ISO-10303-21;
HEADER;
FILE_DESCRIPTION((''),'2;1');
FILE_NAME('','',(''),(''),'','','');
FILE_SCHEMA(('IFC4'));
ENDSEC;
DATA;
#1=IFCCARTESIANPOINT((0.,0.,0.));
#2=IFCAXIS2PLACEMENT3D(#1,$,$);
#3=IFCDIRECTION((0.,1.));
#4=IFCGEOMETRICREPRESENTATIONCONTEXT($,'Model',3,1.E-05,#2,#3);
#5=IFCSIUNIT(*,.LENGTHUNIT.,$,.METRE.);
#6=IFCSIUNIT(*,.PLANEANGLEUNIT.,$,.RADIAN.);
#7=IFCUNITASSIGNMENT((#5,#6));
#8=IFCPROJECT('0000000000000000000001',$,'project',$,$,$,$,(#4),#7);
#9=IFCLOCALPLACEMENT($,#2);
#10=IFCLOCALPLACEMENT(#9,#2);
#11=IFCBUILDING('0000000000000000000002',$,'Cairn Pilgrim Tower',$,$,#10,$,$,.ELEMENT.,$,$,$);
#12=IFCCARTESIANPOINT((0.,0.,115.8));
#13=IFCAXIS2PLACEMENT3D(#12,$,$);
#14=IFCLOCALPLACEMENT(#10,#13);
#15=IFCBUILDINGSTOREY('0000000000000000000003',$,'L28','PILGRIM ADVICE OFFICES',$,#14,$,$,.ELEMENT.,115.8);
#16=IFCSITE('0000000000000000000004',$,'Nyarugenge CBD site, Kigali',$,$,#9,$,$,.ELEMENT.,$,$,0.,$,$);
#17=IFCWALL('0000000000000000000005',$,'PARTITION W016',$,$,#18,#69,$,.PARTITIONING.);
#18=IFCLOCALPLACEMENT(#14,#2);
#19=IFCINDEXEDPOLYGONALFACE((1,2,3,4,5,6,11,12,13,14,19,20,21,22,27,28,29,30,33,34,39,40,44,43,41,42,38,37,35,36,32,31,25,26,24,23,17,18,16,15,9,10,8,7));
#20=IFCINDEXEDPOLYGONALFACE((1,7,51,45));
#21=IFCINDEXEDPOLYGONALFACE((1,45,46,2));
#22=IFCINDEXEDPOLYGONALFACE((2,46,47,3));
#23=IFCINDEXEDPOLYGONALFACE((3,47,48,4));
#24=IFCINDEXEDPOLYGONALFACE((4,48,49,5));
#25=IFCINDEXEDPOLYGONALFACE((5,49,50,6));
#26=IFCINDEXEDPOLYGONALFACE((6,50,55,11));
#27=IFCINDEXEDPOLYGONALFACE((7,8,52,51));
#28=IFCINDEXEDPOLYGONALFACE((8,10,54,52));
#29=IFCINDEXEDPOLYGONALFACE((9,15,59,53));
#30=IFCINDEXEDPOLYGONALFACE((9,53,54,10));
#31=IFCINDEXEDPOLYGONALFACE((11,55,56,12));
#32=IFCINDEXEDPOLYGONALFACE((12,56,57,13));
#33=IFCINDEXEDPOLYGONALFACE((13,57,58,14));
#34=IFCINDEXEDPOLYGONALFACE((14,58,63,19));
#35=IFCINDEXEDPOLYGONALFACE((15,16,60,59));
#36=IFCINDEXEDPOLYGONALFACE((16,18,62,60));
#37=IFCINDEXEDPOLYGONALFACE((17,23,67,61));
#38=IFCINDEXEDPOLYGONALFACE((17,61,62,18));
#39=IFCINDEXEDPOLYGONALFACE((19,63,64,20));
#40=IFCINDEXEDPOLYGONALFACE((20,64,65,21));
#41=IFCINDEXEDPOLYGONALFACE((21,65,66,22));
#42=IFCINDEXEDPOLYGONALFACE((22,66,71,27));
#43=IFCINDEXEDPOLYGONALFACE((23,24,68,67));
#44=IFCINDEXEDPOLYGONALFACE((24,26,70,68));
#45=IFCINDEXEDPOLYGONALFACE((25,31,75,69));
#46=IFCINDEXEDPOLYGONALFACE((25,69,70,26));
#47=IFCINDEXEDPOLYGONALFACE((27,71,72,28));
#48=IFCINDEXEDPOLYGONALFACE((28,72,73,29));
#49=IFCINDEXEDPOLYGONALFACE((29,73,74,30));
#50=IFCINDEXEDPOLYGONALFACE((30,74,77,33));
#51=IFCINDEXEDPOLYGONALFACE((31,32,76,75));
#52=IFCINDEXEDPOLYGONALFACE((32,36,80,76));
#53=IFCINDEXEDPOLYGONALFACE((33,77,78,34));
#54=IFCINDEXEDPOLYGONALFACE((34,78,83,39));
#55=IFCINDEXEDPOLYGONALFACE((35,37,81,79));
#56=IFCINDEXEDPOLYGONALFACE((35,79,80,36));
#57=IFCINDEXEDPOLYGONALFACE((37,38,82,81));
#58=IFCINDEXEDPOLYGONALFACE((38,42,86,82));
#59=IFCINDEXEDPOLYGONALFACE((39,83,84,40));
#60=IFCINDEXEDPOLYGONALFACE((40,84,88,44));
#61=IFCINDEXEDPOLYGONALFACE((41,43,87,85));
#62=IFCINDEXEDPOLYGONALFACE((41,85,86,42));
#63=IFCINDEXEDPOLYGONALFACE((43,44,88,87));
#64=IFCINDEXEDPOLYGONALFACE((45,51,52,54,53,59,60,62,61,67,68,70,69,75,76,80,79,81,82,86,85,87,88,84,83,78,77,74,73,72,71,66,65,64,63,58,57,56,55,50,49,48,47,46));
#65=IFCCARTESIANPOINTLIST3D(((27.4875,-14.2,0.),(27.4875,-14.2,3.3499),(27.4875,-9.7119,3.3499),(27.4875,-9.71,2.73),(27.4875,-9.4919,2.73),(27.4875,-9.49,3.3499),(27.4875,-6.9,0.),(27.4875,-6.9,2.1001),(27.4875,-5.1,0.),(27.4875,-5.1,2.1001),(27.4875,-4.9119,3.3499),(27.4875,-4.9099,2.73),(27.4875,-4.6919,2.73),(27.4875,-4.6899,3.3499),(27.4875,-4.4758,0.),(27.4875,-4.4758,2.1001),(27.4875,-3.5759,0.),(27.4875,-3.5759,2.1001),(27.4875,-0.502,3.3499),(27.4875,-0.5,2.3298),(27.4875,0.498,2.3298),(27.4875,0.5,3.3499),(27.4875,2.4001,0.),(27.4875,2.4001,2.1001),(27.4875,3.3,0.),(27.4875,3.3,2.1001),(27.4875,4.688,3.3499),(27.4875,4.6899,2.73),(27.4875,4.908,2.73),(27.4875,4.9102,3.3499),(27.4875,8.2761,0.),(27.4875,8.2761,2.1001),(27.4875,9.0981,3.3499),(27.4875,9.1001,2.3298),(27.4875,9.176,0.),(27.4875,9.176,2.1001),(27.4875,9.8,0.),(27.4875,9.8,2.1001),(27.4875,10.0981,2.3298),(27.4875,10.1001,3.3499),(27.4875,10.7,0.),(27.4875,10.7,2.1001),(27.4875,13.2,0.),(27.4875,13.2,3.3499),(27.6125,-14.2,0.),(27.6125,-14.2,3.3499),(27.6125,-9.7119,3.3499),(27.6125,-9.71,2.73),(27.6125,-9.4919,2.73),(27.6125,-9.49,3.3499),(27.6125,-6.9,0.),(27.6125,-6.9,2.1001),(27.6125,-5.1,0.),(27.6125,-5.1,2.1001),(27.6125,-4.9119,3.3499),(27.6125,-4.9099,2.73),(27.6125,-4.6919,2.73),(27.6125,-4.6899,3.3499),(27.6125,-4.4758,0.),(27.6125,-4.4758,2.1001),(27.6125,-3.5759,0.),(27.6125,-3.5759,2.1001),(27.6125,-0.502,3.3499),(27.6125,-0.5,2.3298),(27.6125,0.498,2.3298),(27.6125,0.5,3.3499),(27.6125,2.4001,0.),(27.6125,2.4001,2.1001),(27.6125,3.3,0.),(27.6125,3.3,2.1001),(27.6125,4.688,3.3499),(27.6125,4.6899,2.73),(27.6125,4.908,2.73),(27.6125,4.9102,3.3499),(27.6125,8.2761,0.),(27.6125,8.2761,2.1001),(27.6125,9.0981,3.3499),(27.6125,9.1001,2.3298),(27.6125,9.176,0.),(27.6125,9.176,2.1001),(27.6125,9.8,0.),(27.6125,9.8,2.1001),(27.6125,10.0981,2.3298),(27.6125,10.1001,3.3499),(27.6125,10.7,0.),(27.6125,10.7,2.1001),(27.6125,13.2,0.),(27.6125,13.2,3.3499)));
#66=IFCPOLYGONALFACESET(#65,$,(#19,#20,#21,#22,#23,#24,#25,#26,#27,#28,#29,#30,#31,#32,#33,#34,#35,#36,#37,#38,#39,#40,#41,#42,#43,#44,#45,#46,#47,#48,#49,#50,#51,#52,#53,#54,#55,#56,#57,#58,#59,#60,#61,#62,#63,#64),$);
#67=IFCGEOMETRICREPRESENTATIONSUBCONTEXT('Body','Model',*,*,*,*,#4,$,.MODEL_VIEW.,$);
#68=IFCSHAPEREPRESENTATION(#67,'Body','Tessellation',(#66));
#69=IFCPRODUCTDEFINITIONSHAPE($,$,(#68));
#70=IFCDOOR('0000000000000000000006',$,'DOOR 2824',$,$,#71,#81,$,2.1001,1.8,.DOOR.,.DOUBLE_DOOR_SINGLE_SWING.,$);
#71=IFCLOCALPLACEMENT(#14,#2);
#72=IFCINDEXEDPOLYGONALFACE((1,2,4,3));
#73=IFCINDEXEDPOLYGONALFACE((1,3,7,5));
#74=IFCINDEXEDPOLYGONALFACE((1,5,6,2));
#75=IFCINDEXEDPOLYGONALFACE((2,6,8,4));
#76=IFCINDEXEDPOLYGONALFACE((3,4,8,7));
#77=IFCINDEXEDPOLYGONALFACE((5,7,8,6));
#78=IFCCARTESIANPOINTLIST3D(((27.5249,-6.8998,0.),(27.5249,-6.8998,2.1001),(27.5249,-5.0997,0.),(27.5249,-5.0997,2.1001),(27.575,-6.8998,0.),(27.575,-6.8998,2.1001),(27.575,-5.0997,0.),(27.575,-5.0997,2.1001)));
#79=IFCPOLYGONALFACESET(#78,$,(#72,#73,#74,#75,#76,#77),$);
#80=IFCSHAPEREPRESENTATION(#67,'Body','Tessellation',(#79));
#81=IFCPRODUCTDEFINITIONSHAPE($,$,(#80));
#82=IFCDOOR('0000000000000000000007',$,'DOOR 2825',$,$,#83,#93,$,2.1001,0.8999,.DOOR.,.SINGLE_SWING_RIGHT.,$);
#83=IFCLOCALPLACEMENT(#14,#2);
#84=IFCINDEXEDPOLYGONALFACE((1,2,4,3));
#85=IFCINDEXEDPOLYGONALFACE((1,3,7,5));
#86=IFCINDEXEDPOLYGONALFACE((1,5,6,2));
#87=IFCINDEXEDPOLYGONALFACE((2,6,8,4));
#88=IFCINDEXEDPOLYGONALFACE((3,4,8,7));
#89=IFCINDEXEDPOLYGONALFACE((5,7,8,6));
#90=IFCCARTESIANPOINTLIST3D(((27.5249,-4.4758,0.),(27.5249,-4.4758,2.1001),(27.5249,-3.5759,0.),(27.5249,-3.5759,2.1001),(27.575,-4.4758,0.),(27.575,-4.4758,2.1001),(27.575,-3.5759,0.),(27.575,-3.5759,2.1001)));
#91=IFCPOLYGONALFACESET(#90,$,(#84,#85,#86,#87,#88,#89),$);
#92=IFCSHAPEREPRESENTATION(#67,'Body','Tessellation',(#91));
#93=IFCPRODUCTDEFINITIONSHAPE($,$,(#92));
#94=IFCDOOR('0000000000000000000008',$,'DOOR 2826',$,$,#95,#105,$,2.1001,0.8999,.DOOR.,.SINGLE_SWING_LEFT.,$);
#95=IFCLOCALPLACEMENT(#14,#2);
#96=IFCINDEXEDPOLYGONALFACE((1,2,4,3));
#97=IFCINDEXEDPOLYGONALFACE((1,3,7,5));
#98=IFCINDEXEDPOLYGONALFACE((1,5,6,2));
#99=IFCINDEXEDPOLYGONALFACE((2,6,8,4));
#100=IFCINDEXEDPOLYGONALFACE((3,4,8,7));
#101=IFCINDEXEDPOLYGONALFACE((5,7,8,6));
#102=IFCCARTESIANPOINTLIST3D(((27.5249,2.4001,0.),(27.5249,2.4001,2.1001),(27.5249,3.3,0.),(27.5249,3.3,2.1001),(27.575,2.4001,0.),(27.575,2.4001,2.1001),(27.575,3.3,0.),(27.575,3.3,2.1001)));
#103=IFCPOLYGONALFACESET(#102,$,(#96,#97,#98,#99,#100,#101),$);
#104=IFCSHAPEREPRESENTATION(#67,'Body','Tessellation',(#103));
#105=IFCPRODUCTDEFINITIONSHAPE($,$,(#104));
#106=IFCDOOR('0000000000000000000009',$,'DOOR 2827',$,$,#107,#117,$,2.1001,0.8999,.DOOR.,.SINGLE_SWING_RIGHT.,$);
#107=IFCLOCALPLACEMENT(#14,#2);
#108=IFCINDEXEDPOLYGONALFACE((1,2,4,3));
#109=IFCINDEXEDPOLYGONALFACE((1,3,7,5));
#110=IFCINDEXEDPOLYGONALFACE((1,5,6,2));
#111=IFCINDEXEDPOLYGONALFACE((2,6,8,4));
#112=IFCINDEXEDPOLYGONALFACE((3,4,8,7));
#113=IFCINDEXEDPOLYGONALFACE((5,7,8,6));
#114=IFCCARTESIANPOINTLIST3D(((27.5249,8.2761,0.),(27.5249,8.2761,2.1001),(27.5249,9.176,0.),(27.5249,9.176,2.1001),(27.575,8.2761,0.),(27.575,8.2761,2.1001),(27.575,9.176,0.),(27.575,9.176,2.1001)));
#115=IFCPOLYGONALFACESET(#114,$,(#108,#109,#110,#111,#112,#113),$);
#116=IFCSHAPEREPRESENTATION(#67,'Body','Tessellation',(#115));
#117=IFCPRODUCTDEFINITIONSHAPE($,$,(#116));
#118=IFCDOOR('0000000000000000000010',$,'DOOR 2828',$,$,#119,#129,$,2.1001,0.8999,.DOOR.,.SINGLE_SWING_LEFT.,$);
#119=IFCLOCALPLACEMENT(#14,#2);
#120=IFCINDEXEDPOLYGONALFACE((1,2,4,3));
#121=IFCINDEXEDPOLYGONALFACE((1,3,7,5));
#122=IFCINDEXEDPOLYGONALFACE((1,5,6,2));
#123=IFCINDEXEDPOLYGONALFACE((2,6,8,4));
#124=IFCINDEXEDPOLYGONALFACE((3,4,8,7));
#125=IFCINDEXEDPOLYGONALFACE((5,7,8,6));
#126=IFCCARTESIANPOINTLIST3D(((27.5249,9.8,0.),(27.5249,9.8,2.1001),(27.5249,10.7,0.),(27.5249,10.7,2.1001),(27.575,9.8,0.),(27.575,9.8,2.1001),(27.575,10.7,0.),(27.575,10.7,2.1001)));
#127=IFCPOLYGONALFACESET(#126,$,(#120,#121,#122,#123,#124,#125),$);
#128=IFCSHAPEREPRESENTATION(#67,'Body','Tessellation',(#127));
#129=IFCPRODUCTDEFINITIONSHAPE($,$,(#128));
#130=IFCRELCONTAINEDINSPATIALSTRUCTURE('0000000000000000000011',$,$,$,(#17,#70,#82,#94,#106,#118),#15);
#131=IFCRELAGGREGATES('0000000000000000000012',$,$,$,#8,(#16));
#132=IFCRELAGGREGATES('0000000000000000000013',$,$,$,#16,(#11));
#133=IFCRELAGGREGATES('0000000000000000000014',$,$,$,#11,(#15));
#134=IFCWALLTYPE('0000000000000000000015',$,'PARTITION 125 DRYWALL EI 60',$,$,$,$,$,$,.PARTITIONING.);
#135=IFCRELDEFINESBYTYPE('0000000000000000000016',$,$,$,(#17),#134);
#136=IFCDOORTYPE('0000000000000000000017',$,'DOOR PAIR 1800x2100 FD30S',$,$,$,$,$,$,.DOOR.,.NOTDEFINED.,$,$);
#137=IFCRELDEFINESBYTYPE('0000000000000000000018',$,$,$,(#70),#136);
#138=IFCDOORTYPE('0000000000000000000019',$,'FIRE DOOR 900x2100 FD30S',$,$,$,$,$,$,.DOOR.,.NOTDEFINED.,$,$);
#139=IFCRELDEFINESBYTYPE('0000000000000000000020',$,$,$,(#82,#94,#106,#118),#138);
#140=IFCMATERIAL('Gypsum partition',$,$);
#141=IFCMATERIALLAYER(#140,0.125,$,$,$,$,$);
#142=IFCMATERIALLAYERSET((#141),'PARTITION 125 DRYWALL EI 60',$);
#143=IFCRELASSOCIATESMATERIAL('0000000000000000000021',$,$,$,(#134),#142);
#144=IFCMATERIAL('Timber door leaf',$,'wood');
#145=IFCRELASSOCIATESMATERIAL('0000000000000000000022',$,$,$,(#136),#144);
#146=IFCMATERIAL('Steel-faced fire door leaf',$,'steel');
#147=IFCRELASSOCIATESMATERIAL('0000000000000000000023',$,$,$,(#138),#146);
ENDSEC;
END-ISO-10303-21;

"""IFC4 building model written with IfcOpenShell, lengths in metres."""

from ifc_helpers import new_model, si_unit, direction, frame, frame_2d, origin, place, context, subcontext, project, spatial, polyline, rectangle, outline, extrude, material, layer, layer_set, type_object, element, fill, save


model = new_model("IFC4")

# Units and contexts
model_context = context("Model", 3, precision=1e-05, world=origin(), true_north=direction((0.0, 1.0)))
body_context = subcontext(model_context, "Body", "Model", "MODEL_VIEW")
ifc_project = project(units=[si_unit("LENGTHUNIT", "METRE"), si_unit("PLANEANGLEUNIT", "RADIAN")], contexts=[model_context])

# Site, building, storey
site_placement = place(None, origin())
site = spatial("IfcSite", under=ifc_project, at=site_placement, Name="Nyarugenge CBD site, Kigali", CompositionType="ELEMENT", RefElevation=0.0)
building_placement = place(site_placement, origin())
building = spatial("IfcBuilding", under=site, at=building_placement, Name="Cairn Pilgrim Tower", CompositionType="ELEMENT")
storey_placement = place(building_placement, frame((0.0, 0.0, 115.8)))
storey = spatial("IfcBuildingStorey", under=building, at=storey_placement, Name="L28", Description="PILGRIM ADVICE OFFICES", CompositionType="ELEMENT", Elevation=115.8)

# Shared definitions
ifc_material_1 = material(Name="Gypsum partition")
ifc_layer_1 = layer(ifc_material_1, 0.125)
ifc_layer_set_1 = layer_set([ifc_layer_1], Name="PARTITION 125 DRYWALL EI 60")
wall_type = type_object("IfcWallType", Name="PARTITION 125 DRYWALL EI 60", PredefinedType="PARTITIONING", material=ifc_layer_set_1)

# Wall, openings, doors
wall_1_placement = place(storey_placement, frame((27.55, -14.2, 0.0), z_axis=(0.0, 0.0, 1.0), x_axis=(0.0, 1.0, 0.0)))
wall_1 = element("IfcWall", 1, at=wall_1_placement, inside=storey, type_object=wall_type, Name="PARTITION W016", PredefinedType="PARTITIONING", context=body_context, shape_type="SweptSolid", body=[
    extrude(outline(polyline([(0.0, 0.0), (27.3999, 0.0), (27.3999, 3.3499), (24.3, 3.3499), (24.2981, 2.3298), (23.3, 2.3298), (23.2981, 3.3499), (19.1101, 3.3499), (19.1079, 2.73), (18.8899, 2.73), (18.8879, 3.3499), (14.7, 3.3499), (14.698, 2.3298), (13.7, 2.3298), (13.698, 3.3499), (9.51, 3.3499), (9.5081, 2.73), (9.29, 2.73), (9.2881, 3.3499), (4.71, 3.3499), (4.708, 2.73), (4.49, 2.73), (4.488, 3.3499), (0.0, 3.3499), (0.0, 0.0)])), frame((0.0, 0.0625, 0.0), z_axis=(0.0, -1.0, 0.0), x_axis=(1.0, 0.0, 0.0)), (0.0, 0.0, 1.0), 0.125),
])
opening_1_placement = place(wall_1_placement, frame((7.3, 0.0, 0.0)))
opening_1 = element("IfcOpeningElement", 2, at=opening_1_placement, cuts=wall_1, PredefinedType="OPENING", context=body_context, shape_type="SweptSolid", body=[
    extrude(rectangle(XDim=1.8, YDim=2.1001, at=frame_2d((0.8999, 1.05))), frame((0.0, 0.0725, 0.0), z_axis=(0.0, -1.0, 0.0), x_axis=(1.0, 0.0, 0.0)), (0.0, 0.0, 1.0), 0.145),
])
opening_2_placement = place(wall_1_placement, frame((9.7241, 0.0, 0.0)))
opening_2 = element("IfcOpeningElement", 3, at=opening_2_placement, cuts=wall_1, PredefinedType="OPENING", context=body_context, shape_type="SweptSolid", body=[
    extrude(rectangle(XDim=0.8999, YDim=2.1001, at=frame_2d((0.45, 1.05))), frame((0.0, 0.0725, 0.0), z_axis=(0.0, -1.0, 0.0), x_axis=(1.0, 0.0, 0.0)), (0.0, 0.0, 1.0), 0.145),
])
opening_3_placement = place(wall_1_placement, frame((16.6001, 0.0, 0.0)))
opening_3 = element("IfcOpeningElement", 4, at=opening_3_placement, cuts=wall_1, PredefinedType="OPENING", context=body_context, shape_type="SweptSolid", body=[
    extrude(rectangle(XDim=0.8999, YDim=2.1001, at=frame_2d((0.45, 1.05))), frame((0.0, 0.0725, 0.0), z_axis=(0.0, -1.0, 0.0), x_axis=(1.0, 0.0, 0.0)), (0.0, 0.0, 1.0), 0.145),
])
opening_4_placement = place(wall_1_placement, frame((22.4761, 0.0, 0.0)))
opening_4 = element("IfcOpeningElement", 5, at=opening_4_placement, cuts=wall_1, PredefinedType="OPENING", context=body_context, shape_type="SweptSolid", body=[
    extrude(rectangle(XDim=0.8999, YDim=2.1001, at=frame_2d((0.45, 1.05))), frame((0.0, 0.0725, 0.0), z_axis=(0.0, -1.0, 0.0), x_axis=(1.0, 0.0, 0.0)), (0.0, 0.0, 1.0), 0.145),
])
opening_5_placement = place(wall_1_placement, frame((24.0, 0.0, 0.0)))
opening_5 = element("IfcOpeningElement", 6, at=opening_5_placement, cuts=wall_1, PredefinedType="OPENING", context=body_context, shape_type="SweptSolid", body=[
    extrude(rectangle(XDim=0.8999, YDim=2.1001, at=frame_2d((0.45, 1.05))), frame((0.0, 0.0725, 0.0), z_axis=(0.0, -1.0, 0.0), x_axis=(1.0, 0.0, 0.0)), (0.0, 0.0, 1.0), 0.145),
])
ifc_material_2 = material(Name="Timber door leaf", Category="wood")
door_type_1 = type_object("IfcDoorType", Name="DOOR PAIR 1800x2100 FD30S", OperationType="NOTDEFINED", PredefinedType="DOOR", material=ifc_material_2)
door_1_placement = place(opening_1_placement, frame((1.8, 0.0, 0.0), z_axis=(0.0, 0.0, 1.0), x_axis=(-1.0, 0.0, 0.0)))
door_1 = element("IfcDoor", 7, at=door_1_placement, inside=storey, type_object=door_type_1, Name="DOOR 2824", OperationType="DOUBLE_DOOR_SINGLE_SWING", OverallHeight=2.1001, OverallWidth=1.8, PredefinedType="DOOR", context=body_context, shape_type="SweptSolid", body=[
    extrude(rectangle(XDim=1.8, YDim=2.1001, at=frame_2d((0.8999, 1.05))), frame((0.0, 0.0249, 0.0), z_axis=(0.0, -1.0, 0.0), x_axis=(1.0, 0.0, 0.0)), (0.0, 0.0, 1.0), 0.05),
])
fill(opening_1, door_1)
ifc_material_3 = material(Name="Steel-faced fire door leaf", Category="steel")
door_type_2 = type_object("IfcDoorType", Name="FIRE DOOR 900x2100 FD30S", OperationType="NOTDEFINED", PredefinedType="DOOR", material=ifc_material_3)
door_2_placement = place(opening_2_placement, frame((0.8999, 0.0, 0.0), z_axis=(0.0, 0.0, 1.0), x_axis=(-1.0, 0.0, 0.0)))
door_2 = element("IfcDoor", 8, at=door_2_placement, inside=storey, type_object=door_type_2, Name="DOOR 2825", OperationType="SINGLE_SWING_RIGHT", OverallHeight=2.1001, OverallWidth=0.8999, PredefinedType="DOOR", context=body_context, shape_type="SweptSolid", body=[
    extrude(rectangle(XDim=0.8999, YDim=2.1001, at=frame_2d((0.45, 1.05))), frame((0.0, 0.0249, 0.0), z_axis=(0.0, -1.0, 0.0), x_axis=(1.0, 0.0, 0.0)), (0.0, 0.0, 1.0), 0.05),
])
fill(opening_2, door_2)
door_3_placement = place(opening_3_placement, frame((0.8999, 0.0, 0.0), z_axis=(0.0, 0.0, 1.0), x_axis=(-1.0, 0.0, 0.0)))
door_3 = element("IfcDoor", 9, at=door_3_placement, inside=storey, type_object=door_type_2, Name="DOOR 2826", OperationType="SINGLE_SWING_LEFT", OverallHeight=2.1001, OverallWidth=0.8999, PredefinedType="DOOR", context=body_context, shape_type="SweptSolid", body=[
    extrude(rectangle(XDim=0.8999, YDim=2.1001, at=frame_2d((0.45, 1.05))), frame((0.0, 0.0249, 0.0), z_axis=(0.0, -1.0, 0.0), x_axis=(1.0, 0.0, 0.0)), (0.0, 0.0, 1.0), 0.05),
])
fill(opening_3, door_3)
door_4_placement = place(opening_4_placement, frame((0.8999, 0.0, 0.0), z_axis=(0.0, 0.0, 1.0), x_axis=(-1.0, 0.0, 0.0)))
door_4 = element("IfcDoor", 10, at=door_4_placement, inside=storey, type_object=door_type_2, Name="DOOR 2827", OperationType="SINGLE_SWING_RIGHT", OverallHeight=2.1001, OverallWidth=0.8999, PredefinedType="DOOR", context=body_context, shape_type="SweptSolid", body=[
    extrude(rectangle(XDim=0.8999, YDim=2.1001, at=frame_2d((0.45, 1.05))), frame((0.0, 0.0249, 0.0), z_axis=(0.0, -1.0, 0.0), x_axis=(1.0, 0.0, 0.0)), (0.0, 0.0, 1.0), 0.05),
])
fill(opening_4, door_4)
door_5_placement = place(opening_5_placement, frame((0.8999, 0.0, 0.0), z_axis=(0.0, 0.0, 1.0), x_axis=(-1.0, 0.0, 0.0)))
door_5 = element("IfcDoor", 11, at=door_5_placement, inside=storey, type_object=door_type_2, Name="DOOR 2828", OperationType="SINGLE_SWING_LEFT", OverallHeight=2.1001, OverallWidth=0.8999, PredefinedType="DOOR", context=body_context, shape_type="SweptSolid", body=[
    extrude(rectangle(XDim=0.8999, YDim=2.1001, at=frame_2d((0.45, 1.05))), frame((0.0, 0.0249, 0.0), z_axis=(0.0, -1.0, 0.0), x_axis=(1.0, 0.0, 0.0)), (0.0, 0.0, 1.0), 0.05),
])
fill(opening_5, door_5)

save(model, "model.ifc")
